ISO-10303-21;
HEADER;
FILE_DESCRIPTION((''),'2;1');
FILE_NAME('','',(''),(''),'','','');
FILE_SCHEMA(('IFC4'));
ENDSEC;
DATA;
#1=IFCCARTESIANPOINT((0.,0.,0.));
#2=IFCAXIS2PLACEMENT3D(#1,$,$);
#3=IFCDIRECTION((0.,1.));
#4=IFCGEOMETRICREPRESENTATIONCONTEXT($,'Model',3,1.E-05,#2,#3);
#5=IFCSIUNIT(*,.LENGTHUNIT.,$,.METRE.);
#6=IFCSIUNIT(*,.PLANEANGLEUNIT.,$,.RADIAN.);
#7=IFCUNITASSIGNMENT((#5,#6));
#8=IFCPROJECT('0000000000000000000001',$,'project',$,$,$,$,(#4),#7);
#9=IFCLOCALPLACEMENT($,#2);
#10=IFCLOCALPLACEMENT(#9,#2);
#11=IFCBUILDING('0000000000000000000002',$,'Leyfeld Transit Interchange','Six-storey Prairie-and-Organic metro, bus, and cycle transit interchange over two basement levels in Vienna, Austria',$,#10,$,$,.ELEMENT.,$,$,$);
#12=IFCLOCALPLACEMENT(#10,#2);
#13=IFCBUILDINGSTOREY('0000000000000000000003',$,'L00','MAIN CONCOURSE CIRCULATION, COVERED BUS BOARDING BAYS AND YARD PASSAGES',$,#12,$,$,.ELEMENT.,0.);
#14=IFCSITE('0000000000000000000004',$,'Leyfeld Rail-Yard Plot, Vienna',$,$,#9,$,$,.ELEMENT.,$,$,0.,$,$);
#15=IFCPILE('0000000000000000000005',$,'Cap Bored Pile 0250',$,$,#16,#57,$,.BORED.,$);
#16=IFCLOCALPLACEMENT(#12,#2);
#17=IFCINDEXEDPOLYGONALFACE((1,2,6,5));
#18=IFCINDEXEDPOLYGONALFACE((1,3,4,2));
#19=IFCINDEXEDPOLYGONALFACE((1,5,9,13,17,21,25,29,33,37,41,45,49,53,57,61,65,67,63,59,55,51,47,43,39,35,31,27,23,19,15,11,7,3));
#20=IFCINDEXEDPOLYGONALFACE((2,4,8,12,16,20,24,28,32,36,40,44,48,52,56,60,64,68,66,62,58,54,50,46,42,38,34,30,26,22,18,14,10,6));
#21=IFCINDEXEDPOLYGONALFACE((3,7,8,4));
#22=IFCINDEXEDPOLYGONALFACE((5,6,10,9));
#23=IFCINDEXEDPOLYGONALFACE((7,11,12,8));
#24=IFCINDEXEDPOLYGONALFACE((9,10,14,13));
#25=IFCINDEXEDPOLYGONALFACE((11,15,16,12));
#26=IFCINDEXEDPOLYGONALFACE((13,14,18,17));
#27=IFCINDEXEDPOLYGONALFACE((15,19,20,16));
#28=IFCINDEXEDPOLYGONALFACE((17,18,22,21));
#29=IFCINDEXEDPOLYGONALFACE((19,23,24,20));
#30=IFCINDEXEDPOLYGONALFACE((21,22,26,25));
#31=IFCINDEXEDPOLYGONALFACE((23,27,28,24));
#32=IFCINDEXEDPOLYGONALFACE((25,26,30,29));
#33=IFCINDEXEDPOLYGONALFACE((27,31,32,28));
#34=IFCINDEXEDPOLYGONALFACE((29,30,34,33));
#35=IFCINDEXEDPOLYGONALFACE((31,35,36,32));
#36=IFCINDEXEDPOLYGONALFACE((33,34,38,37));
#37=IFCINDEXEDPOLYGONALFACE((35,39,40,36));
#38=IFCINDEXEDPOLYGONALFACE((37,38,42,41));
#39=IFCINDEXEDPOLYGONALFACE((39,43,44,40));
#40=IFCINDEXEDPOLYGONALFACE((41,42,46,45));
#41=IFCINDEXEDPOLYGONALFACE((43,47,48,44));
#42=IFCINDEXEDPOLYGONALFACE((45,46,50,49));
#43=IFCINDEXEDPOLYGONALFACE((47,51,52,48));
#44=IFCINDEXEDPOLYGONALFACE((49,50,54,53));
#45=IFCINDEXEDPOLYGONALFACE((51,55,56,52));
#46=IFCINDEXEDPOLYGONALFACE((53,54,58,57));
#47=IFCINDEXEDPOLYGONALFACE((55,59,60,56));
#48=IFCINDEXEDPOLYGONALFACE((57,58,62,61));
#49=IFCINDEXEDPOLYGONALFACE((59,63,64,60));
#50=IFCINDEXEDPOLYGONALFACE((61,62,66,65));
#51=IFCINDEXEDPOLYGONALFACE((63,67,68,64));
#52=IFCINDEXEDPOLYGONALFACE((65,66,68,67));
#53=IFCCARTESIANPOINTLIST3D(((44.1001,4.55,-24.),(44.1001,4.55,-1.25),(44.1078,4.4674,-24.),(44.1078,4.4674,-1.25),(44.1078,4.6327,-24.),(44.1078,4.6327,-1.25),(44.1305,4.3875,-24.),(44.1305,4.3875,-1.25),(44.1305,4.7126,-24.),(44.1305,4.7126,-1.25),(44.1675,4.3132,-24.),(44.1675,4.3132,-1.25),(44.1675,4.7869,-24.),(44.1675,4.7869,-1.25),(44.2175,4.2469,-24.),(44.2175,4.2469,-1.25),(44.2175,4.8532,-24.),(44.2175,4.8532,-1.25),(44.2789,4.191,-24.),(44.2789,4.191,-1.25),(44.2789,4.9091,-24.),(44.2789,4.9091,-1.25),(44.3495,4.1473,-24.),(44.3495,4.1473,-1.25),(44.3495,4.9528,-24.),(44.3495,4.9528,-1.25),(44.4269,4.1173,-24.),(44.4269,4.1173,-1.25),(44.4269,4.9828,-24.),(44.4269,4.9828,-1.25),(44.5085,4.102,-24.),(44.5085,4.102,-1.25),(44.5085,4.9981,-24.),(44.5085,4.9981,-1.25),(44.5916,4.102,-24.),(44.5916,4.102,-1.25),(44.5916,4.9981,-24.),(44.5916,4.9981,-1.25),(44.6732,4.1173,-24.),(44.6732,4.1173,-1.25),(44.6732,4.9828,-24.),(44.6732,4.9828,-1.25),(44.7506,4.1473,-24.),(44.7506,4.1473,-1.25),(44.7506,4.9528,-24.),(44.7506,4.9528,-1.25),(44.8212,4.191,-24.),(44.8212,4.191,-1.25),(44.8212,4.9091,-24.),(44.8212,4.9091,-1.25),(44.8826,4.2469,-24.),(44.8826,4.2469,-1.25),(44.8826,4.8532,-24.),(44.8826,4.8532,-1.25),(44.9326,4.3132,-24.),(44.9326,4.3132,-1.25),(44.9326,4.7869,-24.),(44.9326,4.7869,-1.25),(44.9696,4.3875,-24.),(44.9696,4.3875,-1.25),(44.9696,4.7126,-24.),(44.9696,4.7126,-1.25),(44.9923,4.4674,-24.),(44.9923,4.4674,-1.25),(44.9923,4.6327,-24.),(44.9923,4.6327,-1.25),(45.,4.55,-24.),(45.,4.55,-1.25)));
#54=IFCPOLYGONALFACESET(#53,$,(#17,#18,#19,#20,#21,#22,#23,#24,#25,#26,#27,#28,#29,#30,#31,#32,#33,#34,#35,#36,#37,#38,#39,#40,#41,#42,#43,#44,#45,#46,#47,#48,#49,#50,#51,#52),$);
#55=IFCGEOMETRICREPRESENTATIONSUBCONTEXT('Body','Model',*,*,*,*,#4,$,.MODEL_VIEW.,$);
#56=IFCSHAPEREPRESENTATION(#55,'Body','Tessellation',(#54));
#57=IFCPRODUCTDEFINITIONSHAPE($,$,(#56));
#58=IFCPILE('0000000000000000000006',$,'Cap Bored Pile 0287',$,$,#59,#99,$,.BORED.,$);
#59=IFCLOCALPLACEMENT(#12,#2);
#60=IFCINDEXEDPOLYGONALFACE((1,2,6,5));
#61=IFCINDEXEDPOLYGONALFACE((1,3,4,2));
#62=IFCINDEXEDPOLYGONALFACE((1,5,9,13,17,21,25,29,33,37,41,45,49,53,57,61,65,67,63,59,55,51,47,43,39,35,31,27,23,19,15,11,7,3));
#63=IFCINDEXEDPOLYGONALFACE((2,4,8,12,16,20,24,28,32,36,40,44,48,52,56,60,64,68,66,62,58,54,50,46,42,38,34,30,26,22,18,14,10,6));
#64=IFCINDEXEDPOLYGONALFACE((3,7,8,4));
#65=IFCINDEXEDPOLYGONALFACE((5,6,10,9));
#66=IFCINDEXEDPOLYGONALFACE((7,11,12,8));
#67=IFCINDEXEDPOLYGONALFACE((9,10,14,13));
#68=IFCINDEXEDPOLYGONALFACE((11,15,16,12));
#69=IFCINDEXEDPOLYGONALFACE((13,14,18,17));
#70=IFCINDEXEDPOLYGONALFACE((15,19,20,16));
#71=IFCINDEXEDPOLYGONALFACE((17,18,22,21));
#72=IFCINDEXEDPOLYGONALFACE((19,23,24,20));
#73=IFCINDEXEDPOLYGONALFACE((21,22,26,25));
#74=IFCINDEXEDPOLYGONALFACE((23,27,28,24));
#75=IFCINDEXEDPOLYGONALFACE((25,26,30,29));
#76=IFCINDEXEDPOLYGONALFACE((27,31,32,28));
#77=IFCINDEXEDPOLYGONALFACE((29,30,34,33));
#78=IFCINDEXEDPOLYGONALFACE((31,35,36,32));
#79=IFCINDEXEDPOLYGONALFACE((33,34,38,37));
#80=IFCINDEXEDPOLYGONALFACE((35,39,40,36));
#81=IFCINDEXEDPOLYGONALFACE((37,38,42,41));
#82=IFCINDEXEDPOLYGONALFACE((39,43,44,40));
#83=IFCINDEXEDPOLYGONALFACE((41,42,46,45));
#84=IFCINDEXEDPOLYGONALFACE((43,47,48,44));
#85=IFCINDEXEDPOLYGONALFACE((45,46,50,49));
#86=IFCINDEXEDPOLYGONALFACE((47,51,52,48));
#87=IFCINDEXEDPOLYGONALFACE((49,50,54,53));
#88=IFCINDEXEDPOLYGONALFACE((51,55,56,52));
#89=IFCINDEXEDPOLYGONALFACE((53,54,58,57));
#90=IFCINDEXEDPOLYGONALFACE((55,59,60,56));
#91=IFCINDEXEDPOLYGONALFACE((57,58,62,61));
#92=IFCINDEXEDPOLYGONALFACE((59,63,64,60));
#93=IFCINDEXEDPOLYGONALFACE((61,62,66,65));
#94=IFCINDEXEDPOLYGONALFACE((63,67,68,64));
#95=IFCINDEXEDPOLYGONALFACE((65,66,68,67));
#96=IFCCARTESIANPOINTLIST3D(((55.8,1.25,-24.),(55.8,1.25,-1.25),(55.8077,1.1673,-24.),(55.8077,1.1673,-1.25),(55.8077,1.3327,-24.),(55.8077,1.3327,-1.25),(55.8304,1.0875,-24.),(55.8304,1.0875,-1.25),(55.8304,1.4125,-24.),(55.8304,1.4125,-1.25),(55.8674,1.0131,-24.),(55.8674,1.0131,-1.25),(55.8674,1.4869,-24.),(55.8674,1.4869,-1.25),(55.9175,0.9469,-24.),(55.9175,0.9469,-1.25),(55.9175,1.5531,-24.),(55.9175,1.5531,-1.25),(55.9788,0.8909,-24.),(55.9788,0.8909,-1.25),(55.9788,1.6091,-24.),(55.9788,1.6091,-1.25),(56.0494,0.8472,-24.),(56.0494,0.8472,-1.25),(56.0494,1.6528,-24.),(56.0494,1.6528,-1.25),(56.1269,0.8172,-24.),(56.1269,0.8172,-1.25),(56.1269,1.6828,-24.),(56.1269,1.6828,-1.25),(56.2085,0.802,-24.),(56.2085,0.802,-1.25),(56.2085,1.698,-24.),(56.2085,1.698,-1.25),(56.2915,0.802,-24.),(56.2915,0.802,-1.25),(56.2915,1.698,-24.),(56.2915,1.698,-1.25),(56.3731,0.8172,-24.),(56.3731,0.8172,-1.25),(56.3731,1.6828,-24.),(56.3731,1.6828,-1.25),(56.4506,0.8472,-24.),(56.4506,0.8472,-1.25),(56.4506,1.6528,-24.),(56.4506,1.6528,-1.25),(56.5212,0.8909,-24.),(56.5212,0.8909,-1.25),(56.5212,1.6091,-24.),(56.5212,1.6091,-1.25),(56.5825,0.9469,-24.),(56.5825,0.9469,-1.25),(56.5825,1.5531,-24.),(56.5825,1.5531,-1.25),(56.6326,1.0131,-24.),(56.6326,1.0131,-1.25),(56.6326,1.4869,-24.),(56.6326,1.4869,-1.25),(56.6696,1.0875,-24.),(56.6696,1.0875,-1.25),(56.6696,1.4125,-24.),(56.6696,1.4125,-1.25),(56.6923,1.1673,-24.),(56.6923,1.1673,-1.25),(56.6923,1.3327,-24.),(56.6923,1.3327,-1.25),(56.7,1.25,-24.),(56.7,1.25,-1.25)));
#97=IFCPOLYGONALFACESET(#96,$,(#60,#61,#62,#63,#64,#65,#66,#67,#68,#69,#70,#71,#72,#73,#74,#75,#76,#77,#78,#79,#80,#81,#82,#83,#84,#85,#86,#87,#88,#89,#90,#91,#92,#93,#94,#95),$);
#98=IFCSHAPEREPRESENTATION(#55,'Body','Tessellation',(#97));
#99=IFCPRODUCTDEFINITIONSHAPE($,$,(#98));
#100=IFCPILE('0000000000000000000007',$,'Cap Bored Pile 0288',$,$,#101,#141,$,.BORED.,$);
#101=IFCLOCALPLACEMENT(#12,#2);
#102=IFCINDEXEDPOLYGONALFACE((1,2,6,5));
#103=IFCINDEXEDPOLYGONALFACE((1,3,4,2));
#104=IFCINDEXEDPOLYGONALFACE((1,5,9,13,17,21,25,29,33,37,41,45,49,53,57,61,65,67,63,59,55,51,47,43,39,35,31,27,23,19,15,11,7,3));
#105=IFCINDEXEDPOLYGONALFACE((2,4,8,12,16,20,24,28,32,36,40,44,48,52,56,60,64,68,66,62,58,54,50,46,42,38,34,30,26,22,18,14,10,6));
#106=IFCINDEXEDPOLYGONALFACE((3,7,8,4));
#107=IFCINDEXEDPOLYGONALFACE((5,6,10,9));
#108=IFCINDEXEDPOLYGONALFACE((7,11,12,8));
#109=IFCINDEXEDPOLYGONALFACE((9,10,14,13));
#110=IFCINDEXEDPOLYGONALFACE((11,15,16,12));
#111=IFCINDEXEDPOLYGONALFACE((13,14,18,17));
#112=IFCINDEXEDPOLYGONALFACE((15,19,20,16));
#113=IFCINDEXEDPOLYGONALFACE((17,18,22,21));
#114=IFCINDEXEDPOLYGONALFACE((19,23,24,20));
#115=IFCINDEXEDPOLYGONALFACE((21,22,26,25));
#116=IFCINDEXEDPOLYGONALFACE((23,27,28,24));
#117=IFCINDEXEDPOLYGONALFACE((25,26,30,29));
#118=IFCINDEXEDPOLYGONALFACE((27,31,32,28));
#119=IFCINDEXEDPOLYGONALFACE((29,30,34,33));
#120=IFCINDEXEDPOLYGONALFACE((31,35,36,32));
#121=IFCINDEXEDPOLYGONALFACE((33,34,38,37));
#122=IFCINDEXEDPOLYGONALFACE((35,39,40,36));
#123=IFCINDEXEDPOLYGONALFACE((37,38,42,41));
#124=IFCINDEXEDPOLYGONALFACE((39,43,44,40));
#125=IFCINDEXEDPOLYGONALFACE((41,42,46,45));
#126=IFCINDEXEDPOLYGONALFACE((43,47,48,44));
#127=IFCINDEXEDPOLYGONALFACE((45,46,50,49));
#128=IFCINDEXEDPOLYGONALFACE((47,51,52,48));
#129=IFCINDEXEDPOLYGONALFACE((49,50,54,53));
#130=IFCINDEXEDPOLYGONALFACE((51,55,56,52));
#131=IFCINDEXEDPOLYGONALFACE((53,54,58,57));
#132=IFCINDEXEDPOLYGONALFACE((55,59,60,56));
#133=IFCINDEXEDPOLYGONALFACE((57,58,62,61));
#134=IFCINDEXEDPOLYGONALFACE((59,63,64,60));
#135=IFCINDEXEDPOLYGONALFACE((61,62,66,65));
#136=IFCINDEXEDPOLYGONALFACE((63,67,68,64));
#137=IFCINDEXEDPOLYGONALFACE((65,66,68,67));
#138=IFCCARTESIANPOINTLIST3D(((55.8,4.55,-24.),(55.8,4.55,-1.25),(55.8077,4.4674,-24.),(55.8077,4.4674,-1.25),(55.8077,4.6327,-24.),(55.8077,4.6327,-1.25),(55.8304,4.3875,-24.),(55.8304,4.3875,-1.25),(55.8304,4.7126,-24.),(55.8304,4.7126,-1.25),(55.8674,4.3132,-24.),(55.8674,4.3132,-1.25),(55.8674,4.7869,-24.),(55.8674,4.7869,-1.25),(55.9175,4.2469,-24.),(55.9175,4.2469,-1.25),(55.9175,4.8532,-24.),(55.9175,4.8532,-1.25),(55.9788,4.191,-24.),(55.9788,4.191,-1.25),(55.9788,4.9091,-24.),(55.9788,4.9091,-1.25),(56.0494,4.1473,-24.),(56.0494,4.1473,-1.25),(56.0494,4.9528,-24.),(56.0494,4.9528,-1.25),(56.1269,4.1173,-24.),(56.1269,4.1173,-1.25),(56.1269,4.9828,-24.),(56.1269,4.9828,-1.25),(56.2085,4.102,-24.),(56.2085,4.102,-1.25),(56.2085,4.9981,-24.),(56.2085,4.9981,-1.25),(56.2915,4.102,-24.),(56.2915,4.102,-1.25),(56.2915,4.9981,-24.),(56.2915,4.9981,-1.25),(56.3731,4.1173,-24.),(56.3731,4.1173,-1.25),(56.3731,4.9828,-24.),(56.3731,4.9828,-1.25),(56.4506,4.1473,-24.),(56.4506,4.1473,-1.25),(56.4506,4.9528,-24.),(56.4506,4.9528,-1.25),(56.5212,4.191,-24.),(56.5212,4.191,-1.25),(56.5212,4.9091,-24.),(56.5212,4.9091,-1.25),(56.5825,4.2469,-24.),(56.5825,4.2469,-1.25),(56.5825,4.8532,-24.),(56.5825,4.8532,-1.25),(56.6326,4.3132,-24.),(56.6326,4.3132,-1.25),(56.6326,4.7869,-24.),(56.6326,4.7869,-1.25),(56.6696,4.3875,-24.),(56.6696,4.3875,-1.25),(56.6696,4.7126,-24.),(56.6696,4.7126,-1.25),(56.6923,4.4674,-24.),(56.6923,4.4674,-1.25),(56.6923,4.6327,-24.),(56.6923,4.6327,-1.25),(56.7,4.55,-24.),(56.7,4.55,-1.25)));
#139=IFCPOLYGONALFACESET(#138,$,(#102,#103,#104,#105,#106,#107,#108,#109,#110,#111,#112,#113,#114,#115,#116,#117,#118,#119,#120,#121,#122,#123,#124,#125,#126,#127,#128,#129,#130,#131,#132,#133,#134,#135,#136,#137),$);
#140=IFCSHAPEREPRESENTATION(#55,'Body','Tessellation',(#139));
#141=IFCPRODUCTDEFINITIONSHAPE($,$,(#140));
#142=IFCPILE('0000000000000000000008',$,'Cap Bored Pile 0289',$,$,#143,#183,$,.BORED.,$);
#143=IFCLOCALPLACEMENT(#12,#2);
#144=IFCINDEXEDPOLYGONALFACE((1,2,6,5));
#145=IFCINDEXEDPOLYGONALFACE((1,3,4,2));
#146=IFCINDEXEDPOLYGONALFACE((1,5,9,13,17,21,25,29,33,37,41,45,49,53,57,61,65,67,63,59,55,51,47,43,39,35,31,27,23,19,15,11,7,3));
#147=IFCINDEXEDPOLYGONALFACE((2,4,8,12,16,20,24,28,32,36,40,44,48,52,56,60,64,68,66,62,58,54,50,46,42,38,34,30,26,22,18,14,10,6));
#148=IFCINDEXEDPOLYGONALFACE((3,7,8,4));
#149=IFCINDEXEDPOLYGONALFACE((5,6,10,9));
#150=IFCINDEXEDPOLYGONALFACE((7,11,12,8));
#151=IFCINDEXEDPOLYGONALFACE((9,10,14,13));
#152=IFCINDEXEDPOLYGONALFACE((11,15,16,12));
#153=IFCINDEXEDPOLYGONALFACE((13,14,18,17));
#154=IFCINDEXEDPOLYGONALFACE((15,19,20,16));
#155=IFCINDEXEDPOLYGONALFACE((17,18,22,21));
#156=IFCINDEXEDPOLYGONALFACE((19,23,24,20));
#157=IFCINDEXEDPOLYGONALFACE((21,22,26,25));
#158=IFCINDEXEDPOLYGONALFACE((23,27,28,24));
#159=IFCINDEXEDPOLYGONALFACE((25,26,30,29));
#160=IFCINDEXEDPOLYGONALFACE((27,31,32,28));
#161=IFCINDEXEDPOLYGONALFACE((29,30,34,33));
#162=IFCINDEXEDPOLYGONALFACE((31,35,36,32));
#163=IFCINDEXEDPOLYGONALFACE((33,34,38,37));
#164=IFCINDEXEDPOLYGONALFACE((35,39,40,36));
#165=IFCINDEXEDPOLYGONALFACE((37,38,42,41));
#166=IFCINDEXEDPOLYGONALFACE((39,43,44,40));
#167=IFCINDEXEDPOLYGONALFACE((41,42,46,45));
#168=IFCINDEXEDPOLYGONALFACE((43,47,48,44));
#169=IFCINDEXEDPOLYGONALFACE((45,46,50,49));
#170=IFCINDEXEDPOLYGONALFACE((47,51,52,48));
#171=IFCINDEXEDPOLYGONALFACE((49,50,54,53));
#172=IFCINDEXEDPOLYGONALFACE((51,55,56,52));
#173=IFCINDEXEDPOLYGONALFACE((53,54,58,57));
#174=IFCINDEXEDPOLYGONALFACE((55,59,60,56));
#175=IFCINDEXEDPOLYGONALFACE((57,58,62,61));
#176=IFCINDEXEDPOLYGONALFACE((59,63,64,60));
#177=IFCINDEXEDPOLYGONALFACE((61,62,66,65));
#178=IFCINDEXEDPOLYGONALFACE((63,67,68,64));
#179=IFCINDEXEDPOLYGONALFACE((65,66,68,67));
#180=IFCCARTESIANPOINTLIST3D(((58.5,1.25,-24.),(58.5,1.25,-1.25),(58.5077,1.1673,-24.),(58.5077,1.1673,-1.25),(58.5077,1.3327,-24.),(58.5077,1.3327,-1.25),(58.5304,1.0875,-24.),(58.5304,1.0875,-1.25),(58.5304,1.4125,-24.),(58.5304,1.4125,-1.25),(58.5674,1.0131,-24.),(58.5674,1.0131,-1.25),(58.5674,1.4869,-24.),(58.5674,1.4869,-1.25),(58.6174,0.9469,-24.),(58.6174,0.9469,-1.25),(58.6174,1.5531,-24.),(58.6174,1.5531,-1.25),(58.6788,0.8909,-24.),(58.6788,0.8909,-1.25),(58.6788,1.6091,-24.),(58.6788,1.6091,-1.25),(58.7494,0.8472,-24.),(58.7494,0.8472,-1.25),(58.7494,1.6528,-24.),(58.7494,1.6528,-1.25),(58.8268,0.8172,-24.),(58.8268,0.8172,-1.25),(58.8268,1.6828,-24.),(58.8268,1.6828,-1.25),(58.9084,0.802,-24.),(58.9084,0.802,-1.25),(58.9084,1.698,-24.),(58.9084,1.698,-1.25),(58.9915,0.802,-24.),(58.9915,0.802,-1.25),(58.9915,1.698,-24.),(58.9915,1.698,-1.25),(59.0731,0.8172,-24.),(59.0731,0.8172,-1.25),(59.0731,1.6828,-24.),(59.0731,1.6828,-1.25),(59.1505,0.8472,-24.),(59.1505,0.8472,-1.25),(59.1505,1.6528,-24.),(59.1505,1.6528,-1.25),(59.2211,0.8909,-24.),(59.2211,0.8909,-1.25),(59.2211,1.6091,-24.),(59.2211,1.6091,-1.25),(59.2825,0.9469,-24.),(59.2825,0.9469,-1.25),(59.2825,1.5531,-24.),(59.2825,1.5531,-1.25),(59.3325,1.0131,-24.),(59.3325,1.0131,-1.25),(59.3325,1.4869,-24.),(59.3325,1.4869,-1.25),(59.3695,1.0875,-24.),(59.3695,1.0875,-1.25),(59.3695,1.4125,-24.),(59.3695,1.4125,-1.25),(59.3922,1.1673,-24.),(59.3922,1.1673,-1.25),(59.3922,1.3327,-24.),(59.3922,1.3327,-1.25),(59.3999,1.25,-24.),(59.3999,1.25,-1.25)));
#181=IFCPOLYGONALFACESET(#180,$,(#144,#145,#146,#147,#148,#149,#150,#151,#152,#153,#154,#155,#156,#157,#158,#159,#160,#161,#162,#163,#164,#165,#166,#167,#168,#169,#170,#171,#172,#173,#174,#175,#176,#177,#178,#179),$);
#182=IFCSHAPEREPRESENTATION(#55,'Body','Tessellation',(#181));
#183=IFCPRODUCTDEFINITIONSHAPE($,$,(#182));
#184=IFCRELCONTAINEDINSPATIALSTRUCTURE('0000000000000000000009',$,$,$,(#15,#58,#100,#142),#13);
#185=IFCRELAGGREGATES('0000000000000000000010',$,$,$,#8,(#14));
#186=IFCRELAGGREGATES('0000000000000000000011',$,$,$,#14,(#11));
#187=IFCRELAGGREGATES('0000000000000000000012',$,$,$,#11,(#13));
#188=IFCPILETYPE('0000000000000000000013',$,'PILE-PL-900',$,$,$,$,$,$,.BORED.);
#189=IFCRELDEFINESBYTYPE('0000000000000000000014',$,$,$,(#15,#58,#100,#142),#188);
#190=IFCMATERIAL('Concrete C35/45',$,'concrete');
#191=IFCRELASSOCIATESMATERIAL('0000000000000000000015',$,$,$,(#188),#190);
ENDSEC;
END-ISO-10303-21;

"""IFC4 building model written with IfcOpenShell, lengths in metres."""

from ifc_helpers import new_model, si_unit, direction, frame, origin, origin_2d, place, context, subcontext, project, spatial, circle, extrude, material, material_profile, profile_set, type_object, element, save


model = new_model("IFC4")

# Units and contexts
model_context = context("Model", 3, precision=1e-05, world=origin(), true_north=direction((0.0, 1.0)))
body_context = subcontext(model_context, "Body", "Model", "MODEL_VIEW")
ifc_project = project(units=[si_unit("LENGTHUNIT", "METRE"), si_unit("PLANEANGLEUNIT", "RADIAN")], contexts=[model_context])

# Site, building, storey
site_placement = place(None, origin())
site = spatial("IfcSite", under=ifc_project, at=site_placement, Name="Leyfeld Rail-Yard Plot, Vienna", CompositionType="ELEMENT", RefElevation=0.0)
building_placement = place(site_placement, origin())
building = spatial("IfcBuilding", under=site, at=building_placement, Name="Leyfeld Transit Interchange", Description="Six-storey Prairie-and-Organic metro, bus, and cycle transit interchange over two basement levels in Vienna, Austria", CompositionType="ELEMENT")
storey_placement = place(building_placement, origin())
storey = spatial("IfcBuildingStorey", under=building, at=storey_placement, Name="L00", Description="MAIN CONCOURSE CIRCULATION, COVERED BUS BOARDING BAYS AND YARD PASSAGES", CompositionType="ELEMENT", Elevation=0.0)

# Shared definitions
ifc_material_1 = material(Name="Concrete C35/45", Category="concrete")

# Piles
ifc_material_profile_1 = material_profile(ifc_material_1, circle(Radius=0.45, at=origin_2d()), Name="PILE D900")
ifc_profile_set_1 = profile_set([ifc_material_profile_1], Name="Concrete C35/45")
pile_type = type_object("IfcPileType", Name="PILE-PL-900", PredefinedType="BORED", material=ifc_profile_set_1)
for number, where, z_axis, x_axis, name in (
    (1, (44.55, 4.55, -1.25), (0.0, 0.0, -1.0), (1.0, 0.0, 0.0), "Cap Bored Pile 0250"),
    (2, (56.25, 1.25, -1.25), (0.0, 0.0, -1.0), (1.0, 0.0, 0.0), "Cap Bored Pile 0287"),
    (3, (56.25, 4.55, -1.25), (0.0, 0.0, -1.0), (1.0, 0.0, 0.0), "Cap Bored Pile 0288"),
    (4, (58.95, 1.25, -1.25), (0.0, 0.0, -1.0), (1.0, 0.0, 0.0), "Cap Bored Pile 0289"),
):
    element("IfcPile", number, at=place(storey_placement, frame(where, z_axis=z_axis, x_axis=x_axis)), inside=storey, type_object=pile_type, Name=name, PredefinedType="BORED", context=body_context, shape_type="SweptSolid", body=[
        extrude(circle(Radius=0.45, at=origin_2d()), origin(), (0.0, 0.0, 1.0), 22.75),
    ])

save(model, "model.ifc")
